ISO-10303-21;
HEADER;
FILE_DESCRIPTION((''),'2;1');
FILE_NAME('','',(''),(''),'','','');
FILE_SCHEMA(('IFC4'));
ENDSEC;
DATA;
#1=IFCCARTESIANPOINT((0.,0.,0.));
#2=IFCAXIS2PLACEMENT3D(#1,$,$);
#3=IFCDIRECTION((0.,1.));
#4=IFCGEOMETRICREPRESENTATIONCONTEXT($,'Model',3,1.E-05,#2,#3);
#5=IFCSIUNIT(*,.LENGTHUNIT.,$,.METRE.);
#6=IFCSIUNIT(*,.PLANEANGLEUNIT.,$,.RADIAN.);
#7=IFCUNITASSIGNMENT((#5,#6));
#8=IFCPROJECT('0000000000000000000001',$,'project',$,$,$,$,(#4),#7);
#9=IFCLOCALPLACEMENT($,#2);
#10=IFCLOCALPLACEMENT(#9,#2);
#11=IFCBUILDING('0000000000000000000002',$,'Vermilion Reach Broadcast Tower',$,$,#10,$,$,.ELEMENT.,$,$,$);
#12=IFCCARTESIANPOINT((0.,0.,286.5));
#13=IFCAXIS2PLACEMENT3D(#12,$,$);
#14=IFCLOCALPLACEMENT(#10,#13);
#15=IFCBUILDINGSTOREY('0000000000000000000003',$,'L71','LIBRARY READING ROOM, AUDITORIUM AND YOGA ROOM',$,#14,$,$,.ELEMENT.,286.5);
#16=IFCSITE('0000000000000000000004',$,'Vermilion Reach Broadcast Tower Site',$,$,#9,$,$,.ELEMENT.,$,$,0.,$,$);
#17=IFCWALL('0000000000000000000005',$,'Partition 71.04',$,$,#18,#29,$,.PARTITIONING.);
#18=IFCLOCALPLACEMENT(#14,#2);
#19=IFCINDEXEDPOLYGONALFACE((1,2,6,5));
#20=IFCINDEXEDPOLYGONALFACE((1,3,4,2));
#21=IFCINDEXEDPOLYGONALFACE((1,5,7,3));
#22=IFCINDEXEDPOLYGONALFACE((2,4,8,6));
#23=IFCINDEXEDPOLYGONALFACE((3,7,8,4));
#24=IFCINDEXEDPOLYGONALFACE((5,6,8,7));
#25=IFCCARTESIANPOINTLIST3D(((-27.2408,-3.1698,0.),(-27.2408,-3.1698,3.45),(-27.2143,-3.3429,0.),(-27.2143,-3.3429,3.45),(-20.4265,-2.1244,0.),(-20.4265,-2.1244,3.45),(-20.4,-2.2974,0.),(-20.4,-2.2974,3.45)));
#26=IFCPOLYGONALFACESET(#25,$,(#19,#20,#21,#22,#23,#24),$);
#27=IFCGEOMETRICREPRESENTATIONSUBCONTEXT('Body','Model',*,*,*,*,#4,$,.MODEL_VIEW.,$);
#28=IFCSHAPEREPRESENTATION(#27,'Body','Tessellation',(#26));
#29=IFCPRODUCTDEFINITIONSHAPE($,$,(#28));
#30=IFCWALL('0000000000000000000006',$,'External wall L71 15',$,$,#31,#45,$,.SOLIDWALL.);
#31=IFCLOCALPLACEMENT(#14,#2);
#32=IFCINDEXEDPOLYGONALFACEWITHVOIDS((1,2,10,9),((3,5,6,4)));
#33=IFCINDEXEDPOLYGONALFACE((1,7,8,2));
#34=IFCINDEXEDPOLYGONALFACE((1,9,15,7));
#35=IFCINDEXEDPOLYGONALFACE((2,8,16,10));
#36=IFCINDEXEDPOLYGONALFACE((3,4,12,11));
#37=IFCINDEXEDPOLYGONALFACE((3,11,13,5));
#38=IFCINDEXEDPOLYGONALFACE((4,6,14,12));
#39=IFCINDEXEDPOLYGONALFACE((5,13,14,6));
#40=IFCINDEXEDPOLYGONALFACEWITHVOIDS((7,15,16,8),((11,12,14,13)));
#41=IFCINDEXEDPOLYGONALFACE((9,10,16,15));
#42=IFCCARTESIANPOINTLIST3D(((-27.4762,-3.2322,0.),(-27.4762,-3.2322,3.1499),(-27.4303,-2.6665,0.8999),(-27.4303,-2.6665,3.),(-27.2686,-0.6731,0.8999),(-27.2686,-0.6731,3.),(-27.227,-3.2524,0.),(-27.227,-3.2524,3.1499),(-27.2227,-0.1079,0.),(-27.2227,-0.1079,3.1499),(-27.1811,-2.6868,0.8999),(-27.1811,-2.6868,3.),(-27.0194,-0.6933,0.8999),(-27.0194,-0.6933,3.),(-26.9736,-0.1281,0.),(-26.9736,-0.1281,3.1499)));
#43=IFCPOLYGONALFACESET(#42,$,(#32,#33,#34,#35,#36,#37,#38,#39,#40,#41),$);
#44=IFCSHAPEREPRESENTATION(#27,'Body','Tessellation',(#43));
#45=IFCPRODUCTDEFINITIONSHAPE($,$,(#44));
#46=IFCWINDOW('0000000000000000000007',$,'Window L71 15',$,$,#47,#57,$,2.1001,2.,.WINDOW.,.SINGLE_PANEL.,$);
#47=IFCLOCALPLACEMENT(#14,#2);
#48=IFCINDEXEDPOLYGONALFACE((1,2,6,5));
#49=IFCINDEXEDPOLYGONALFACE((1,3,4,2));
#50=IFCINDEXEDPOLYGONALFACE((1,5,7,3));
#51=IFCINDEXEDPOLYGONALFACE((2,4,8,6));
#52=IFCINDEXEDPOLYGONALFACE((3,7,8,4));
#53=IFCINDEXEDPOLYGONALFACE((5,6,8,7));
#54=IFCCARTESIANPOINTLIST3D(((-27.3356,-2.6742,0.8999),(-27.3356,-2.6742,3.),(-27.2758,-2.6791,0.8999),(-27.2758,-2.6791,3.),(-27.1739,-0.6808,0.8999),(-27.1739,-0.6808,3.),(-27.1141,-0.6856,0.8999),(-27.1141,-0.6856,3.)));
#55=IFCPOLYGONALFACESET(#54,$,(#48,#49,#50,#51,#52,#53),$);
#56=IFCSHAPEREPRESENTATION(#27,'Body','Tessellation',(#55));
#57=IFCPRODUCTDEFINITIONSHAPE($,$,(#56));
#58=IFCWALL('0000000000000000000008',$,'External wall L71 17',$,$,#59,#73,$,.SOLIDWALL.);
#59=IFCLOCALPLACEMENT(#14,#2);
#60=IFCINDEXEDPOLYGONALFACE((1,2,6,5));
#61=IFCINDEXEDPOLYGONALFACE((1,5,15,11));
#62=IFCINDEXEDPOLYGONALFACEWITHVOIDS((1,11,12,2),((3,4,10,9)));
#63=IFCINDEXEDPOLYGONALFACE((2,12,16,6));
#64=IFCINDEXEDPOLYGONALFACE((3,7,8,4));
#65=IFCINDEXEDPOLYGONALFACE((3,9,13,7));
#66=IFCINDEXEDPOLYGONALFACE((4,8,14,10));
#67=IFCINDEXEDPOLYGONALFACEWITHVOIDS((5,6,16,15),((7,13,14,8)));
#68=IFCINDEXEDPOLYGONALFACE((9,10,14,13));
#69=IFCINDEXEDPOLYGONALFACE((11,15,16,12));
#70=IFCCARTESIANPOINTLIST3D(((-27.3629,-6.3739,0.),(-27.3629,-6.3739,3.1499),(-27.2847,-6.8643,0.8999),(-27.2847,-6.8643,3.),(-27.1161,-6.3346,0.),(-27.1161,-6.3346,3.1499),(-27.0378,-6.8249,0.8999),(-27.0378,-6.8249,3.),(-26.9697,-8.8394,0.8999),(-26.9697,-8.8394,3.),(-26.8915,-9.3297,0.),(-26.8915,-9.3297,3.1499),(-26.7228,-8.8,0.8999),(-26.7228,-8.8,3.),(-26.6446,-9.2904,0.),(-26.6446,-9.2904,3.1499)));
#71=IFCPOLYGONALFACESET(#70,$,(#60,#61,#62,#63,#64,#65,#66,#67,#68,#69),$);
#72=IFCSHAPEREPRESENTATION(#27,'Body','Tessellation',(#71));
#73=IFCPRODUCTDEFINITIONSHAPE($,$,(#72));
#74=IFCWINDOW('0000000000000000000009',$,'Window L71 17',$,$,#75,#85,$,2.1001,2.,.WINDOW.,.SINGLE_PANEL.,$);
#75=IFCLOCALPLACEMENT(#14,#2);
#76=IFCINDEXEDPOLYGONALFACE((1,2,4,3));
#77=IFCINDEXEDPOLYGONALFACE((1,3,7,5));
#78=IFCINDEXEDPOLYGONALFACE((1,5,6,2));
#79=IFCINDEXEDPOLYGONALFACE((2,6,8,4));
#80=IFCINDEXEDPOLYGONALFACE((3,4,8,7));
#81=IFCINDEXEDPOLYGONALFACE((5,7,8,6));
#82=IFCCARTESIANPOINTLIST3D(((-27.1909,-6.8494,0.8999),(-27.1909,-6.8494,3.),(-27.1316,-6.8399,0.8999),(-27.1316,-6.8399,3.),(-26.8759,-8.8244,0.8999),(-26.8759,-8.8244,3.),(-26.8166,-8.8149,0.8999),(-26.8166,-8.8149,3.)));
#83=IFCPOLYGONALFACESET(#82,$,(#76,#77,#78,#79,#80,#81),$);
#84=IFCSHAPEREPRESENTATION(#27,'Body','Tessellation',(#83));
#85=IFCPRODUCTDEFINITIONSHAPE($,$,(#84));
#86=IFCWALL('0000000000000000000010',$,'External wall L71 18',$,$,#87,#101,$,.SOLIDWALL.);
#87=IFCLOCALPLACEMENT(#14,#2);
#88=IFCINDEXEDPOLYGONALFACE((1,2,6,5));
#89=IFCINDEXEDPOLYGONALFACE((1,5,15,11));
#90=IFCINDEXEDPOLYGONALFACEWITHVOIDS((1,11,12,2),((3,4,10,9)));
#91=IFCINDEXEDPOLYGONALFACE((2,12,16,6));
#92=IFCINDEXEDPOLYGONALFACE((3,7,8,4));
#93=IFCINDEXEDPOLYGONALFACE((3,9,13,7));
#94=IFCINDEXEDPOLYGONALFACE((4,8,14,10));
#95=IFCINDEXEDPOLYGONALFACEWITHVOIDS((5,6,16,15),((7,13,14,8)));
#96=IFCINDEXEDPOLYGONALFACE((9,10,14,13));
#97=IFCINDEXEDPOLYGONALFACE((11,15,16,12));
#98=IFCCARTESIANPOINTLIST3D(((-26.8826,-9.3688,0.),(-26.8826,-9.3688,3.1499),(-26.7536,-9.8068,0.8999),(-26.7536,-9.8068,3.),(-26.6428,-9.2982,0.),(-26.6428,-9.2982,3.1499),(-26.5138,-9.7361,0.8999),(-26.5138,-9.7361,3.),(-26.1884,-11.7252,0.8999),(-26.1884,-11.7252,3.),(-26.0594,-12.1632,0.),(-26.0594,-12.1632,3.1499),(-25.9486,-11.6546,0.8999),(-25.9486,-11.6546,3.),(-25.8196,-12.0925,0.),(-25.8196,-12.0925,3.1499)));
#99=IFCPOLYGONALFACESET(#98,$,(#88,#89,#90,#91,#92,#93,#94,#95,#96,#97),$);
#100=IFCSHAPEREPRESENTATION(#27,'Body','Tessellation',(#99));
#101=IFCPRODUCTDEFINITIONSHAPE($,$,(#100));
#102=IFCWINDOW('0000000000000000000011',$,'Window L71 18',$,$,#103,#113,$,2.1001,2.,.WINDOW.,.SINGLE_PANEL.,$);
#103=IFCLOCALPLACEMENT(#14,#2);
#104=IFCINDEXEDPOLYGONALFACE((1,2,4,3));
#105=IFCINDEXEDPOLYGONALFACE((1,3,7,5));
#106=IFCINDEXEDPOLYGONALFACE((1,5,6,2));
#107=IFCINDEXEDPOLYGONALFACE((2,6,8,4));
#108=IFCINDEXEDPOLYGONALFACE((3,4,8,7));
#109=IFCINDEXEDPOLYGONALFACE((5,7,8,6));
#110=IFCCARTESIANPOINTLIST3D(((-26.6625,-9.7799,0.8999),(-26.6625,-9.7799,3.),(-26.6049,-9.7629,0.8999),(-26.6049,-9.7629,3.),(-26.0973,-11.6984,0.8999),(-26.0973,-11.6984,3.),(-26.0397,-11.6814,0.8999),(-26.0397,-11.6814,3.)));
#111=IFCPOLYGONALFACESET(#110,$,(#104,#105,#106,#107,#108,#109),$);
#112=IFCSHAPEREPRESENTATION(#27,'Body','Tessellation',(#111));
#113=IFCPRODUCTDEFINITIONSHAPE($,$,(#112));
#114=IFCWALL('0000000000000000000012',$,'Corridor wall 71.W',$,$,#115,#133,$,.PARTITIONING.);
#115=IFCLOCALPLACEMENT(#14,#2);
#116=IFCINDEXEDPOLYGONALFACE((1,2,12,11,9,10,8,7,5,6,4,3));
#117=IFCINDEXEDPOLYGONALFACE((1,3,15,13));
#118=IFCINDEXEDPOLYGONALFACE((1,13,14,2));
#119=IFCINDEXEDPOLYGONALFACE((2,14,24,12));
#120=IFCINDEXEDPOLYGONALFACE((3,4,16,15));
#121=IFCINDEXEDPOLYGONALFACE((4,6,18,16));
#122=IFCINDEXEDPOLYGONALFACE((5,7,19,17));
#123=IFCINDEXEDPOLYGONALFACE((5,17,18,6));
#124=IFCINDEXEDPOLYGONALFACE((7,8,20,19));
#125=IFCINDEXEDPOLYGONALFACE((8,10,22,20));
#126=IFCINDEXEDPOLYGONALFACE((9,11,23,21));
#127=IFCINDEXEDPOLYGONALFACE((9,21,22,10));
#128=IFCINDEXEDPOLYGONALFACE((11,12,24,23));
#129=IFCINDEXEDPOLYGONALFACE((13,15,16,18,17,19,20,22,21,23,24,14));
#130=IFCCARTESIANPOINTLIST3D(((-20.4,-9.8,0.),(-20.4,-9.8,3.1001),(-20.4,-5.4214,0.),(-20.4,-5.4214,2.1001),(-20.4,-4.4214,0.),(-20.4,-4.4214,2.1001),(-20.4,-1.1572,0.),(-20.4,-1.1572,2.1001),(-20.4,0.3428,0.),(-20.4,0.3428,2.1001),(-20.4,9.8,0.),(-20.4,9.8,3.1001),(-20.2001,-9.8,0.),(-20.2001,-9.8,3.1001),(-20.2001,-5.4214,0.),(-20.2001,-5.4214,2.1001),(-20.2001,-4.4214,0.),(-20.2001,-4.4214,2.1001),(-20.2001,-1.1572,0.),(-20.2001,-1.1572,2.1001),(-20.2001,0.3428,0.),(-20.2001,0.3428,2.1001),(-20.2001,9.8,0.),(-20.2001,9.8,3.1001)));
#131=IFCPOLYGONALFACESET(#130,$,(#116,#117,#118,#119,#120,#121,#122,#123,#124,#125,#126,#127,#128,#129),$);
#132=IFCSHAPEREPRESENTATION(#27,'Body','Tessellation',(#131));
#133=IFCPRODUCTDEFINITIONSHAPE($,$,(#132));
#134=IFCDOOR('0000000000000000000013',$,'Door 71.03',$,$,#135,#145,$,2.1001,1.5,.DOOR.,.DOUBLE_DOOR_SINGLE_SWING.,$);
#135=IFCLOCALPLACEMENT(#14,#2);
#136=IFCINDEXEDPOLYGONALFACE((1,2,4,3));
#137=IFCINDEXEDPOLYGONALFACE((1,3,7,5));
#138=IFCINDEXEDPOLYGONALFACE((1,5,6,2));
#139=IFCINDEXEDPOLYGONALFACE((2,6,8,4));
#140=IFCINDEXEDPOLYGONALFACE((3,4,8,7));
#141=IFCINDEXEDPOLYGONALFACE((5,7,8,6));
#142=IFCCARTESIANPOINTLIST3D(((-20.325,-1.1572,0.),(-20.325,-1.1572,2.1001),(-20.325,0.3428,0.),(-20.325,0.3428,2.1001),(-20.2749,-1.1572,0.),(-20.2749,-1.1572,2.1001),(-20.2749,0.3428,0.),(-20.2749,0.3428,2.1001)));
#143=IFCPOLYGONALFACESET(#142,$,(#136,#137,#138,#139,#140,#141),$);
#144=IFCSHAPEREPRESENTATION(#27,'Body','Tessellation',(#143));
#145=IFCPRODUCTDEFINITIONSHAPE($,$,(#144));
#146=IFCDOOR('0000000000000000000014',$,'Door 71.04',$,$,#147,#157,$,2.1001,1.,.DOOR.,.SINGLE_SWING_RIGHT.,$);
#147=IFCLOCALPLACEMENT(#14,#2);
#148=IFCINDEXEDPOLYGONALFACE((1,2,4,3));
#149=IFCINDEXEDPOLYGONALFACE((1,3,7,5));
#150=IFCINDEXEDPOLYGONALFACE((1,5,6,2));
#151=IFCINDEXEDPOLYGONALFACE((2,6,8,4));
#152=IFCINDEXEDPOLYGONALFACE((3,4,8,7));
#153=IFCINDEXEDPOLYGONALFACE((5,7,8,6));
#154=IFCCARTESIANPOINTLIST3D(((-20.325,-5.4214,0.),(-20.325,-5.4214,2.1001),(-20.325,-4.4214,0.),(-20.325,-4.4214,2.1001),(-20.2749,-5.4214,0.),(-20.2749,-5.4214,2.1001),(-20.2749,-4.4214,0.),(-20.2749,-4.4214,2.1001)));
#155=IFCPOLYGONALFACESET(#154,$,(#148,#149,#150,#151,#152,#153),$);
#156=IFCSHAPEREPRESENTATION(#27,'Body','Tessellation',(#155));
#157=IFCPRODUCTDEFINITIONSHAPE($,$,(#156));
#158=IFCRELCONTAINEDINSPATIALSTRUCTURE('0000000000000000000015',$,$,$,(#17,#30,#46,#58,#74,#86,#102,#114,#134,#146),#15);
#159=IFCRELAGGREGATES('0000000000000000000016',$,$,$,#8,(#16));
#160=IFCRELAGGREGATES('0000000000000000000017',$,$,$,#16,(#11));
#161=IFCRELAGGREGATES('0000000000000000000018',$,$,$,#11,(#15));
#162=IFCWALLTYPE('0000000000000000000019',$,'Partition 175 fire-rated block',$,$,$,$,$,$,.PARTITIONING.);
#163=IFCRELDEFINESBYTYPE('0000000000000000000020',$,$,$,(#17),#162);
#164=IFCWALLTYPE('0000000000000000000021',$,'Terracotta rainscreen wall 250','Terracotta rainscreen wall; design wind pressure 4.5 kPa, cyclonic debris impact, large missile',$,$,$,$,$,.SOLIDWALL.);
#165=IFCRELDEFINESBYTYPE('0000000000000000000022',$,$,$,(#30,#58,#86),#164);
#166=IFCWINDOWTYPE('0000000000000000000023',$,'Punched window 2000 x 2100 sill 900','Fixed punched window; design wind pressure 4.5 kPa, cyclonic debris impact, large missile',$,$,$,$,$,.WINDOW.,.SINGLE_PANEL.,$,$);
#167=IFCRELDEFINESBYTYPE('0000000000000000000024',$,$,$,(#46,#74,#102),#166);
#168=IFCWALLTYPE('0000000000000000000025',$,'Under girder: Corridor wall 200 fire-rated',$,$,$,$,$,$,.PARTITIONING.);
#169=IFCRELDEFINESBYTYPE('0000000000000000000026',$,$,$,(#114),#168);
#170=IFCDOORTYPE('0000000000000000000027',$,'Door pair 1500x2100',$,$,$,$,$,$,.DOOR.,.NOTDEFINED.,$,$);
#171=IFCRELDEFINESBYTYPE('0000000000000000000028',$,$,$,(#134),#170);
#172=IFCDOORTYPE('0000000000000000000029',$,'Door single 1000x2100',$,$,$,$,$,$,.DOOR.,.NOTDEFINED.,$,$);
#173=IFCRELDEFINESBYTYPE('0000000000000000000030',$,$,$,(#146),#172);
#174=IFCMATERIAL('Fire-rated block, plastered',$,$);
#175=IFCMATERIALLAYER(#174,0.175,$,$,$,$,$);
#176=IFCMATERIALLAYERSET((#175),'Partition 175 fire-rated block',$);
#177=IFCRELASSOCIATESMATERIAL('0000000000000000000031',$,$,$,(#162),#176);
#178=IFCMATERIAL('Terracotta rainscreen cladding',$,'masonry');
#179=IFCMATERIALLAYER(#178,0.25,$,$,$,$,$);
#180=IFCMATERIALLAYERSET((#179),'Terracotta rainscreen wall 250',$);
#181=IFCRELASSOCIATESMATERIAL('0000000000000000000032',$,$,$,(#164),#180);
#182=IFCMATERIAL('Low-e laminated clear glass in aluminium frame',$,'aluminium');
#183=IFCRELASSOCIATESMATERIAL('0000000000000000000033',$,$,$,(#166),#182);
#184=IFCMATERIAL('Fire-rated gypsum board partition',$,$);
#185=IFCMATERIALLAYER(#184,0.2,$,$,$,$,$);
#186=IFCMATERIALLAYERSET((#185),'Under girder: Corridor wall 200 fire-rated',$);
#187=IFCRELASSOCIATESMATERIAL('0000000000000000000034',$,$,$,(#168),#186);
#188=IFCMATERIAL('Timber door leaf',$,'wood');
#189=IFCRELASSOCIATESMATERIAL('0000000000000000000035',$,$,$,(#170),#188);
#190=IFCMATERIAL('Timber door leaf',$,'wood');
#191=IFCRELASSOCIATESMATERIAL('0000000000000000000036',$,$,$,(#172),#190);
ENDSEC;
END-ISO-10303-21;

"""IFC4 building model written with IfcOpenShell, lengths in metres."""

from ifc_helpers import new_model, si_unit, direction, frame, frame_2d, origin, place, context, subcontext, project, spatial, rectangle, extrude, material, layer, layer_set, type_object, element, fill, save


model = new_model("IFC4")

# Units and contexts
model_context = context("Model", 3, precision=1e-05, world=origin(), true_north=direction((0.0, 1.0)))
body_context = subcontext(model_context, "Body", "Model", "MODEL_VIEW")
ifc_project = project(units=[si_unit("LENGTHUNIT", "METRE"), si_unit("PLANEANGLEUNIT", "RADIAN")], contexts=[model_context])

# Site, building, storey
site_placement = place(None, origin())
site = spatial("IfcSite", under=ifc_project, at=site_placement, Name="Vermilion Reach Broadcast Tower Site", CompositionType="ELEMENT", RefElevation=0.0)
building_placement = place(site_placement, origin())
building = spatial("IfcBuilding", under=site, at=building_placement, Name="Vermilion Reach Broadcast Tower", CompositionType="ELEMENT")
storey_placement = place(building_placement, frame((0.0, 0.0, 286.5)))
storey = spatial("IfcBuildingStorey", under=building, at=storey_placement, Name="L71", Description="LIBRARY READING ROOM, AUDITORIUM AND YOGA ROOM", CompositionType="ELEMENT", Elevation=286.5)

# Wall
ifc_material_1 = material(Name="Fire-rated block, plastered")
ifc_layer_1 = layer(ifc_material_1, 0.175)
ifc_layer_set_1 = layer_set([ifc_layer_1], Name="Partition 175 fire-rated block")
wall_type_1 = type_object("IfcWallType", Name="Partition 175 fire-rated block", PredefinedType="PARTITIONING", material=ifc_layer_set_1)
wall_1_placement = place(storey_placement, frame((-27.2275, -3.2563, 0.0), z_axis=(0.0, 0.0, 1.0), x_axis=(0.988435, 0.151642, 0.0)))
element("IfcWall", 1, at=wall_1_placement, inside=storey, type_object=wall_type_1, Name="Partition 71.04", PredefinedType="PARTITIONING", context=body_context, shape_type="SweptSolid", body=[
    extrude(rectangle(XDim=6.894, YDim=0.175, at=frame_2d((3.447, 0.0))), origin(), (0.0, 0.0, 1.0), 3.45),
])

# Wall, opening, window
ifc_material_2 = material(Name="Terracotta rainscreen cladding", Category="masonry")
ifc_layer_2 = layer(ifc_material_2, 0.25)
ifc_layer_set_2 = layer_set([ifc_layer_2], Name="Terracotta rainscreen wall 250")
wall_type_2 = type_object("IfcWallType", Name="Terracotta rainscreen wall 250", Description="Terracotta rainscreen wall; design wind pressure 4.5 kPa, cyclonic debris impact, large missile", PredefinedType="SOLIDWALL", material=ifc_layer_set_2)
wall_2_placement = place(storey_placement, frame((-27.0981, -0.1179, 0.0), z_axis=(0.0, 0.0, 1.0), x_axis=(-0.080847, -0.996727, 0.0)))
wall_2 = element("IfcWall", 2, at=wall_2_placement, inside=storey, type_object=wall_type_2, Name="External wall L71 15", PredefinedType="SOLIDWALL", context=body_context, shape_type="SweptSolid", body=[
    extrude(rectangle(XDim=3.1345, YDim=0.25, at=frame_2d((1.5674, 0.0))), origin(), (0.0, 0.0, 1.0), 3.1499),
])
opening_1_placement = place(wall_2_placement, frame((0.5671, 0.0, 0.8999)))
opening_1 = element("IfcOpeningElement", 3, at=opening_1_placement, cuts=wall_2, PredefinedType="OPENING", context=body_context, shape_type="SweptSolid", body=[
    extrude(rectangle(XDim=2.0, YDim=2.1001, at=frame_2d((1.0, 1.05))), frame((0.0, 0.135, 0.0), z_axis=(0.0, -1.0, 0.0), x_axis=(1.0, 0.0, 0.0)), (0.0, 0.0, 1.0), 0.27),
])
ifc_material_3 = material(Name="Low-e laminated clear glass in aluminium frame", Category="aluminium")
window_type = type_object("IfcWindowType", Name="Punched window 2000 x 2100 sill 900", Description="Fixed punched window; design wind pressure 4.5 kPa, cyclonic debris impact, large missile", PartitioningType="SINGLE_PANEL", PredefinedType="WINDOW", material=ifc_material_3)
window_1_placement = place(opening_1_placement, origin())
window_1 = element("IfcWindow", 4, at=window_1_placement, inside=storey, type_object=window_type, Name="Window L71 15", OverallHeight=2.1001, OverallWidth=2.0, PartitioningType="SINGLE_PANEL", PredefinedType="WINDOW", context=body_context, shape_type="SweptSolid", body=[
    extrude(rectangle(XDim=2.0, YDim=2.1001, at=frame_2d((1.0, 1.05))), frame((0.0, 0.03, 0.0), z_axis=(0.0, -1.0, 0.0), x_axis=(1.0, 0.0, 0.0)), (0.0, 0.0, 1.0), 0.0601),
])
fill(opening_1, window_1)

# Walls, openings, windows
wall_3_placement = place(storey_placement, frame((-27.2395, -6.3542, 0.0), z_axis=(0.0, 0.0, 1.0), x_axis=(0.157504, -0.987518, 0.0)))
wall_3 = element("IfcWall", 5, at=wall_3_placement, inside=storey, type_object=wall_type_2, Name="External wall L71 17", PredefinedType="SOLIDWALL", context=body_context, shape_type="SweptSolid", body=[
    extrude(rectangle(XDim=2.9932, YDim=0.25, at=frame_2d((1.4966, 0.0))), origin(), (0.0, 0.0, 1.0), 3.1499),
])
opening_2_placement = place(wall_3_placement, frame((0.4966, 0.0, 0.8999)))
opening_2 = element("IfcOpeningElement", 6, at=opening_2_placement, cuts=wall_3, PredefinedType="OPENING", context=body_context, shape_type="SweptSolid", body=[
    extrude(rectangle(XDim=2.0, YDim=2.1001, at=frame_2d((1.0, 1.05))), frame((0.0, 0.135, 0.0), z_axis=(0.0, -1.0, 0.0), x_axis=(1.0, 0.0, 0.0)), (0.0, 0.0, 1.0), 0.27),
])
window_2_placement = place(opening_2_placement, origin())
window_2 = element("IfcWindow", 7, at=window_2_placement, inside=storey, type_object=window_type, Name="Window L71 17", OverallHeight=2.1001, OverallWidth=2.0, PartitioningType="SINGLE_PANEL", PredefinedType="WINDOW", context=body_context, shape_type="SweptSolid", body=[
    extrude(rectangle(XDim=2.0, YDim=2.1001, at=frame_2d((1.0, 1.05))), frame((0.0, 0.03, 0.0), z_axis=(0.0, -1.0, 0.0), x_axis=(1.0, 0.0, 0.0)), (0.0, 0.0, 1.0), 0.0601),
])
fill(opening_2, window_2)
wall_4_placement = place(storey_placement, frame((-26.7627, -9.3335, 0.0), z_axis=(0.0, 0.0, 1.0), x_axis=(0.282593, -0.95924, 0.0)))
wall_4 = element("IfcWall", 8, at=wall_4_placement, inside=storey, type_object=wall_type_2, Name="External wall L71 18", PredefinedType="SOLIDWALL", context=body_context, shape_type="SweptSolid", body=[
    extrude(rectangle(XDim=2.9131, YDim=0.25, at=frame_2d((1.4565, 0.0))), origin(), (0.0, 0.0, 1.0), 3.1499),
])
opening_3_placement = place(wall_4_placement, frame((0.4565, 0.0, 0.8999)))
opening_3 = element("IfcOpeningElement", 9, at=opening_3_placement, cuts=wall_4, PredefinedType="OPENING", context=body_context, shape_type="SweptSolid", body=[
    extrude(rectangle(XDim=2.0, YDim=2.1001, at=frame_2d((1.0, 1.05))), frame((0.0, 0.135, 0.0), z_axis=(0.0, -1.0, 0.0), x_axis=(1.0, 0.0, 0.0)), (0.0, 0.0, 1.0), 0.27),
])
window_3_placement = place(opening_3_placement, origin())
window_3 = element("IfcWindow", 10, at=window_3_placement, inside=storey, type_object=window_type, Name="Window L71 18", OverallHeight=2.1001, OverallWidth=2.0, PartitioningType="SINGLE_PANEL", PredefinedType="WINDOW", context=body_context, shape_type="SweptSolid", body=[
    extrude(rectangle(XDim=2.0, YDim=2.1001, at=frame_2d((1.0, 1.05))), frame((0.0, 0.03, 0.0), z_axis=(0.0, -1.0, 0.0), x_axis=(1.0, 0.0, 0.0)), (0.0, 0.0, 1.0), 0.0601),
])
fill(opening_3, window_3)

# Wall, openings, doors
ifc_material_4 = material(Name="Fire-rated gypsum board partition")
ifc_layer_3 = layer(ifc_material_4, 0.2)
ifc_layer_set_3 = layer_set([ifc_layer_3], Name="Under girder: Corridor wall 200 fire-rated")
wall_type_3 = type_object("IfcWallType", Name="Under girder: Corridor wall 200 fire-rated", PredefinedType="PARTITIONING", material=ifc_layer_set_3)
wall_5_placement = place(storey_placement, frame((-20.3, -9.8, 0.0), z_axis=(0.0, 0.0, 1.0), x_axis=(0.0, 1.0, 0.0)))
wall_5 = element("IfcWall", 11, at=wall_5_placement, inside=storey, type_object=wall_type_3, Name="Corridor wall 71.W", PredefinedType="PARTITIONING", context=body_context, shape_type="SweptSolid", body=[
    extrude(rectangle(XDim=19.6001, YDim=0.2, at=frame_2d((9.8, 0.0))), origin(), (0.0, 0.0, 1.0), 3.1001),
])
opening_4_placement = place(wall_5_placement, frame((8.6428, 0.0, 0.0)))
opening_4 = element("IfcOpeningElement", 12, at=opening_4_placement, cuts=wall_5, PredefinedType="OPENING", context=body_context, shape_type="SweptSolid", body=[
    extrude(rectangle(XDim=1.5, YDim=2.1001, at=frame_2d((0.75, 1.05))), frame((0.0, 0.1099, 0.0), z_axis=(0.0, -1.0, 0.0), x_axis=(1.0, 0.0, 0.0)), (0.0, 0.0, 1.0), 0.22),
])
opening_5_placement = place(wall_5_placement, frame((4.3787, 0.0, 0.0)))
opening_5 = element("IfcOpeningElement", 13, at=opening_5_placement, cuts=wall_5, PredefinedType="OPENING", context=body_context, shape_type="SweptSolid", body=[
    extrude(rectangle(XDim=1.0, YDim=2.1001, at=frame_2d((0.5, 1.05))), frame((0.0, 0.1099, 0.0), z_axis=(0.0, -1.0, 0.0), x_axis=(1.0, 0.0, 0.0)), (0.0, 0.0, 1.0), 0.22),
])
ifc_material_5 = material(Name="Timber door leaf", Category="wood")
door_type_1 = type_object("IfcDoorType", Name="Door pair 1500x2100", OperationType="NOTDEFINED", PredefinedType="DOOR", material=ifc_material_5)
door_1_placement = place(opening_4_placement, origin())
door_1 = element("IfcDoor", 14, at=door_1_placement, inside=storey, type_object=door_type_1, Name="Door 71.03", OperationType="DOUBLE_DOOR_SINGLE_SWING", OverallHeight=2.1001, OverallWidth=1.5, PredefinedType="DOOR", context=body_context, shape_type="SweptSolid", body=[
    extrude(rectangle(XDim=1.5, YDim=2.1001, at=frame_2d((0.75, 1.05))), frame((0.0, 0.0249, 0.0), z_axis=(0.0, -1.0, 0.0), x_axis=(1.0, 0.0, 0.0)), (0.0, 0.0, 1.0), 0.05),
])
fill(opening_4, door_1)
ifc_material_6 = material(Name="Timber door leaf", Category="wood")
door_type_2 = type_object("IfcDoorType", Name="Door single 1000x2100", OperationType="NOTDEFINED", PredefinedType="DOOR", material=ifc_material_6)
door_2_placement = place(opening_5_placement, origin())
door_2 = element("IfcDoor", 15, at=door_2_placement, inside=storey, type_object=door_type_2, Name="Door 71.04", OperationType="SINGLE_SWING_RIGHT", OverallHeight=2.1001, OverallWidth=1.0, PredefinedType="DOOR", context=body_context, shape_type="SweptSolid", body=[
    extrude(rectangle(XDim=1.0, YDim=2.1001, at=frame_2d((0.5, 1.05))), frame((0.0, 0.0249, 0.0), z_axis=(0.0, -1.0, 0.0), x_axis=(1.0, 0.0, 0.0)), (0.0, 0.0, 1.0), 0.05),
])
fill(opening_5, door_2)

save(model, "model.ifc")
